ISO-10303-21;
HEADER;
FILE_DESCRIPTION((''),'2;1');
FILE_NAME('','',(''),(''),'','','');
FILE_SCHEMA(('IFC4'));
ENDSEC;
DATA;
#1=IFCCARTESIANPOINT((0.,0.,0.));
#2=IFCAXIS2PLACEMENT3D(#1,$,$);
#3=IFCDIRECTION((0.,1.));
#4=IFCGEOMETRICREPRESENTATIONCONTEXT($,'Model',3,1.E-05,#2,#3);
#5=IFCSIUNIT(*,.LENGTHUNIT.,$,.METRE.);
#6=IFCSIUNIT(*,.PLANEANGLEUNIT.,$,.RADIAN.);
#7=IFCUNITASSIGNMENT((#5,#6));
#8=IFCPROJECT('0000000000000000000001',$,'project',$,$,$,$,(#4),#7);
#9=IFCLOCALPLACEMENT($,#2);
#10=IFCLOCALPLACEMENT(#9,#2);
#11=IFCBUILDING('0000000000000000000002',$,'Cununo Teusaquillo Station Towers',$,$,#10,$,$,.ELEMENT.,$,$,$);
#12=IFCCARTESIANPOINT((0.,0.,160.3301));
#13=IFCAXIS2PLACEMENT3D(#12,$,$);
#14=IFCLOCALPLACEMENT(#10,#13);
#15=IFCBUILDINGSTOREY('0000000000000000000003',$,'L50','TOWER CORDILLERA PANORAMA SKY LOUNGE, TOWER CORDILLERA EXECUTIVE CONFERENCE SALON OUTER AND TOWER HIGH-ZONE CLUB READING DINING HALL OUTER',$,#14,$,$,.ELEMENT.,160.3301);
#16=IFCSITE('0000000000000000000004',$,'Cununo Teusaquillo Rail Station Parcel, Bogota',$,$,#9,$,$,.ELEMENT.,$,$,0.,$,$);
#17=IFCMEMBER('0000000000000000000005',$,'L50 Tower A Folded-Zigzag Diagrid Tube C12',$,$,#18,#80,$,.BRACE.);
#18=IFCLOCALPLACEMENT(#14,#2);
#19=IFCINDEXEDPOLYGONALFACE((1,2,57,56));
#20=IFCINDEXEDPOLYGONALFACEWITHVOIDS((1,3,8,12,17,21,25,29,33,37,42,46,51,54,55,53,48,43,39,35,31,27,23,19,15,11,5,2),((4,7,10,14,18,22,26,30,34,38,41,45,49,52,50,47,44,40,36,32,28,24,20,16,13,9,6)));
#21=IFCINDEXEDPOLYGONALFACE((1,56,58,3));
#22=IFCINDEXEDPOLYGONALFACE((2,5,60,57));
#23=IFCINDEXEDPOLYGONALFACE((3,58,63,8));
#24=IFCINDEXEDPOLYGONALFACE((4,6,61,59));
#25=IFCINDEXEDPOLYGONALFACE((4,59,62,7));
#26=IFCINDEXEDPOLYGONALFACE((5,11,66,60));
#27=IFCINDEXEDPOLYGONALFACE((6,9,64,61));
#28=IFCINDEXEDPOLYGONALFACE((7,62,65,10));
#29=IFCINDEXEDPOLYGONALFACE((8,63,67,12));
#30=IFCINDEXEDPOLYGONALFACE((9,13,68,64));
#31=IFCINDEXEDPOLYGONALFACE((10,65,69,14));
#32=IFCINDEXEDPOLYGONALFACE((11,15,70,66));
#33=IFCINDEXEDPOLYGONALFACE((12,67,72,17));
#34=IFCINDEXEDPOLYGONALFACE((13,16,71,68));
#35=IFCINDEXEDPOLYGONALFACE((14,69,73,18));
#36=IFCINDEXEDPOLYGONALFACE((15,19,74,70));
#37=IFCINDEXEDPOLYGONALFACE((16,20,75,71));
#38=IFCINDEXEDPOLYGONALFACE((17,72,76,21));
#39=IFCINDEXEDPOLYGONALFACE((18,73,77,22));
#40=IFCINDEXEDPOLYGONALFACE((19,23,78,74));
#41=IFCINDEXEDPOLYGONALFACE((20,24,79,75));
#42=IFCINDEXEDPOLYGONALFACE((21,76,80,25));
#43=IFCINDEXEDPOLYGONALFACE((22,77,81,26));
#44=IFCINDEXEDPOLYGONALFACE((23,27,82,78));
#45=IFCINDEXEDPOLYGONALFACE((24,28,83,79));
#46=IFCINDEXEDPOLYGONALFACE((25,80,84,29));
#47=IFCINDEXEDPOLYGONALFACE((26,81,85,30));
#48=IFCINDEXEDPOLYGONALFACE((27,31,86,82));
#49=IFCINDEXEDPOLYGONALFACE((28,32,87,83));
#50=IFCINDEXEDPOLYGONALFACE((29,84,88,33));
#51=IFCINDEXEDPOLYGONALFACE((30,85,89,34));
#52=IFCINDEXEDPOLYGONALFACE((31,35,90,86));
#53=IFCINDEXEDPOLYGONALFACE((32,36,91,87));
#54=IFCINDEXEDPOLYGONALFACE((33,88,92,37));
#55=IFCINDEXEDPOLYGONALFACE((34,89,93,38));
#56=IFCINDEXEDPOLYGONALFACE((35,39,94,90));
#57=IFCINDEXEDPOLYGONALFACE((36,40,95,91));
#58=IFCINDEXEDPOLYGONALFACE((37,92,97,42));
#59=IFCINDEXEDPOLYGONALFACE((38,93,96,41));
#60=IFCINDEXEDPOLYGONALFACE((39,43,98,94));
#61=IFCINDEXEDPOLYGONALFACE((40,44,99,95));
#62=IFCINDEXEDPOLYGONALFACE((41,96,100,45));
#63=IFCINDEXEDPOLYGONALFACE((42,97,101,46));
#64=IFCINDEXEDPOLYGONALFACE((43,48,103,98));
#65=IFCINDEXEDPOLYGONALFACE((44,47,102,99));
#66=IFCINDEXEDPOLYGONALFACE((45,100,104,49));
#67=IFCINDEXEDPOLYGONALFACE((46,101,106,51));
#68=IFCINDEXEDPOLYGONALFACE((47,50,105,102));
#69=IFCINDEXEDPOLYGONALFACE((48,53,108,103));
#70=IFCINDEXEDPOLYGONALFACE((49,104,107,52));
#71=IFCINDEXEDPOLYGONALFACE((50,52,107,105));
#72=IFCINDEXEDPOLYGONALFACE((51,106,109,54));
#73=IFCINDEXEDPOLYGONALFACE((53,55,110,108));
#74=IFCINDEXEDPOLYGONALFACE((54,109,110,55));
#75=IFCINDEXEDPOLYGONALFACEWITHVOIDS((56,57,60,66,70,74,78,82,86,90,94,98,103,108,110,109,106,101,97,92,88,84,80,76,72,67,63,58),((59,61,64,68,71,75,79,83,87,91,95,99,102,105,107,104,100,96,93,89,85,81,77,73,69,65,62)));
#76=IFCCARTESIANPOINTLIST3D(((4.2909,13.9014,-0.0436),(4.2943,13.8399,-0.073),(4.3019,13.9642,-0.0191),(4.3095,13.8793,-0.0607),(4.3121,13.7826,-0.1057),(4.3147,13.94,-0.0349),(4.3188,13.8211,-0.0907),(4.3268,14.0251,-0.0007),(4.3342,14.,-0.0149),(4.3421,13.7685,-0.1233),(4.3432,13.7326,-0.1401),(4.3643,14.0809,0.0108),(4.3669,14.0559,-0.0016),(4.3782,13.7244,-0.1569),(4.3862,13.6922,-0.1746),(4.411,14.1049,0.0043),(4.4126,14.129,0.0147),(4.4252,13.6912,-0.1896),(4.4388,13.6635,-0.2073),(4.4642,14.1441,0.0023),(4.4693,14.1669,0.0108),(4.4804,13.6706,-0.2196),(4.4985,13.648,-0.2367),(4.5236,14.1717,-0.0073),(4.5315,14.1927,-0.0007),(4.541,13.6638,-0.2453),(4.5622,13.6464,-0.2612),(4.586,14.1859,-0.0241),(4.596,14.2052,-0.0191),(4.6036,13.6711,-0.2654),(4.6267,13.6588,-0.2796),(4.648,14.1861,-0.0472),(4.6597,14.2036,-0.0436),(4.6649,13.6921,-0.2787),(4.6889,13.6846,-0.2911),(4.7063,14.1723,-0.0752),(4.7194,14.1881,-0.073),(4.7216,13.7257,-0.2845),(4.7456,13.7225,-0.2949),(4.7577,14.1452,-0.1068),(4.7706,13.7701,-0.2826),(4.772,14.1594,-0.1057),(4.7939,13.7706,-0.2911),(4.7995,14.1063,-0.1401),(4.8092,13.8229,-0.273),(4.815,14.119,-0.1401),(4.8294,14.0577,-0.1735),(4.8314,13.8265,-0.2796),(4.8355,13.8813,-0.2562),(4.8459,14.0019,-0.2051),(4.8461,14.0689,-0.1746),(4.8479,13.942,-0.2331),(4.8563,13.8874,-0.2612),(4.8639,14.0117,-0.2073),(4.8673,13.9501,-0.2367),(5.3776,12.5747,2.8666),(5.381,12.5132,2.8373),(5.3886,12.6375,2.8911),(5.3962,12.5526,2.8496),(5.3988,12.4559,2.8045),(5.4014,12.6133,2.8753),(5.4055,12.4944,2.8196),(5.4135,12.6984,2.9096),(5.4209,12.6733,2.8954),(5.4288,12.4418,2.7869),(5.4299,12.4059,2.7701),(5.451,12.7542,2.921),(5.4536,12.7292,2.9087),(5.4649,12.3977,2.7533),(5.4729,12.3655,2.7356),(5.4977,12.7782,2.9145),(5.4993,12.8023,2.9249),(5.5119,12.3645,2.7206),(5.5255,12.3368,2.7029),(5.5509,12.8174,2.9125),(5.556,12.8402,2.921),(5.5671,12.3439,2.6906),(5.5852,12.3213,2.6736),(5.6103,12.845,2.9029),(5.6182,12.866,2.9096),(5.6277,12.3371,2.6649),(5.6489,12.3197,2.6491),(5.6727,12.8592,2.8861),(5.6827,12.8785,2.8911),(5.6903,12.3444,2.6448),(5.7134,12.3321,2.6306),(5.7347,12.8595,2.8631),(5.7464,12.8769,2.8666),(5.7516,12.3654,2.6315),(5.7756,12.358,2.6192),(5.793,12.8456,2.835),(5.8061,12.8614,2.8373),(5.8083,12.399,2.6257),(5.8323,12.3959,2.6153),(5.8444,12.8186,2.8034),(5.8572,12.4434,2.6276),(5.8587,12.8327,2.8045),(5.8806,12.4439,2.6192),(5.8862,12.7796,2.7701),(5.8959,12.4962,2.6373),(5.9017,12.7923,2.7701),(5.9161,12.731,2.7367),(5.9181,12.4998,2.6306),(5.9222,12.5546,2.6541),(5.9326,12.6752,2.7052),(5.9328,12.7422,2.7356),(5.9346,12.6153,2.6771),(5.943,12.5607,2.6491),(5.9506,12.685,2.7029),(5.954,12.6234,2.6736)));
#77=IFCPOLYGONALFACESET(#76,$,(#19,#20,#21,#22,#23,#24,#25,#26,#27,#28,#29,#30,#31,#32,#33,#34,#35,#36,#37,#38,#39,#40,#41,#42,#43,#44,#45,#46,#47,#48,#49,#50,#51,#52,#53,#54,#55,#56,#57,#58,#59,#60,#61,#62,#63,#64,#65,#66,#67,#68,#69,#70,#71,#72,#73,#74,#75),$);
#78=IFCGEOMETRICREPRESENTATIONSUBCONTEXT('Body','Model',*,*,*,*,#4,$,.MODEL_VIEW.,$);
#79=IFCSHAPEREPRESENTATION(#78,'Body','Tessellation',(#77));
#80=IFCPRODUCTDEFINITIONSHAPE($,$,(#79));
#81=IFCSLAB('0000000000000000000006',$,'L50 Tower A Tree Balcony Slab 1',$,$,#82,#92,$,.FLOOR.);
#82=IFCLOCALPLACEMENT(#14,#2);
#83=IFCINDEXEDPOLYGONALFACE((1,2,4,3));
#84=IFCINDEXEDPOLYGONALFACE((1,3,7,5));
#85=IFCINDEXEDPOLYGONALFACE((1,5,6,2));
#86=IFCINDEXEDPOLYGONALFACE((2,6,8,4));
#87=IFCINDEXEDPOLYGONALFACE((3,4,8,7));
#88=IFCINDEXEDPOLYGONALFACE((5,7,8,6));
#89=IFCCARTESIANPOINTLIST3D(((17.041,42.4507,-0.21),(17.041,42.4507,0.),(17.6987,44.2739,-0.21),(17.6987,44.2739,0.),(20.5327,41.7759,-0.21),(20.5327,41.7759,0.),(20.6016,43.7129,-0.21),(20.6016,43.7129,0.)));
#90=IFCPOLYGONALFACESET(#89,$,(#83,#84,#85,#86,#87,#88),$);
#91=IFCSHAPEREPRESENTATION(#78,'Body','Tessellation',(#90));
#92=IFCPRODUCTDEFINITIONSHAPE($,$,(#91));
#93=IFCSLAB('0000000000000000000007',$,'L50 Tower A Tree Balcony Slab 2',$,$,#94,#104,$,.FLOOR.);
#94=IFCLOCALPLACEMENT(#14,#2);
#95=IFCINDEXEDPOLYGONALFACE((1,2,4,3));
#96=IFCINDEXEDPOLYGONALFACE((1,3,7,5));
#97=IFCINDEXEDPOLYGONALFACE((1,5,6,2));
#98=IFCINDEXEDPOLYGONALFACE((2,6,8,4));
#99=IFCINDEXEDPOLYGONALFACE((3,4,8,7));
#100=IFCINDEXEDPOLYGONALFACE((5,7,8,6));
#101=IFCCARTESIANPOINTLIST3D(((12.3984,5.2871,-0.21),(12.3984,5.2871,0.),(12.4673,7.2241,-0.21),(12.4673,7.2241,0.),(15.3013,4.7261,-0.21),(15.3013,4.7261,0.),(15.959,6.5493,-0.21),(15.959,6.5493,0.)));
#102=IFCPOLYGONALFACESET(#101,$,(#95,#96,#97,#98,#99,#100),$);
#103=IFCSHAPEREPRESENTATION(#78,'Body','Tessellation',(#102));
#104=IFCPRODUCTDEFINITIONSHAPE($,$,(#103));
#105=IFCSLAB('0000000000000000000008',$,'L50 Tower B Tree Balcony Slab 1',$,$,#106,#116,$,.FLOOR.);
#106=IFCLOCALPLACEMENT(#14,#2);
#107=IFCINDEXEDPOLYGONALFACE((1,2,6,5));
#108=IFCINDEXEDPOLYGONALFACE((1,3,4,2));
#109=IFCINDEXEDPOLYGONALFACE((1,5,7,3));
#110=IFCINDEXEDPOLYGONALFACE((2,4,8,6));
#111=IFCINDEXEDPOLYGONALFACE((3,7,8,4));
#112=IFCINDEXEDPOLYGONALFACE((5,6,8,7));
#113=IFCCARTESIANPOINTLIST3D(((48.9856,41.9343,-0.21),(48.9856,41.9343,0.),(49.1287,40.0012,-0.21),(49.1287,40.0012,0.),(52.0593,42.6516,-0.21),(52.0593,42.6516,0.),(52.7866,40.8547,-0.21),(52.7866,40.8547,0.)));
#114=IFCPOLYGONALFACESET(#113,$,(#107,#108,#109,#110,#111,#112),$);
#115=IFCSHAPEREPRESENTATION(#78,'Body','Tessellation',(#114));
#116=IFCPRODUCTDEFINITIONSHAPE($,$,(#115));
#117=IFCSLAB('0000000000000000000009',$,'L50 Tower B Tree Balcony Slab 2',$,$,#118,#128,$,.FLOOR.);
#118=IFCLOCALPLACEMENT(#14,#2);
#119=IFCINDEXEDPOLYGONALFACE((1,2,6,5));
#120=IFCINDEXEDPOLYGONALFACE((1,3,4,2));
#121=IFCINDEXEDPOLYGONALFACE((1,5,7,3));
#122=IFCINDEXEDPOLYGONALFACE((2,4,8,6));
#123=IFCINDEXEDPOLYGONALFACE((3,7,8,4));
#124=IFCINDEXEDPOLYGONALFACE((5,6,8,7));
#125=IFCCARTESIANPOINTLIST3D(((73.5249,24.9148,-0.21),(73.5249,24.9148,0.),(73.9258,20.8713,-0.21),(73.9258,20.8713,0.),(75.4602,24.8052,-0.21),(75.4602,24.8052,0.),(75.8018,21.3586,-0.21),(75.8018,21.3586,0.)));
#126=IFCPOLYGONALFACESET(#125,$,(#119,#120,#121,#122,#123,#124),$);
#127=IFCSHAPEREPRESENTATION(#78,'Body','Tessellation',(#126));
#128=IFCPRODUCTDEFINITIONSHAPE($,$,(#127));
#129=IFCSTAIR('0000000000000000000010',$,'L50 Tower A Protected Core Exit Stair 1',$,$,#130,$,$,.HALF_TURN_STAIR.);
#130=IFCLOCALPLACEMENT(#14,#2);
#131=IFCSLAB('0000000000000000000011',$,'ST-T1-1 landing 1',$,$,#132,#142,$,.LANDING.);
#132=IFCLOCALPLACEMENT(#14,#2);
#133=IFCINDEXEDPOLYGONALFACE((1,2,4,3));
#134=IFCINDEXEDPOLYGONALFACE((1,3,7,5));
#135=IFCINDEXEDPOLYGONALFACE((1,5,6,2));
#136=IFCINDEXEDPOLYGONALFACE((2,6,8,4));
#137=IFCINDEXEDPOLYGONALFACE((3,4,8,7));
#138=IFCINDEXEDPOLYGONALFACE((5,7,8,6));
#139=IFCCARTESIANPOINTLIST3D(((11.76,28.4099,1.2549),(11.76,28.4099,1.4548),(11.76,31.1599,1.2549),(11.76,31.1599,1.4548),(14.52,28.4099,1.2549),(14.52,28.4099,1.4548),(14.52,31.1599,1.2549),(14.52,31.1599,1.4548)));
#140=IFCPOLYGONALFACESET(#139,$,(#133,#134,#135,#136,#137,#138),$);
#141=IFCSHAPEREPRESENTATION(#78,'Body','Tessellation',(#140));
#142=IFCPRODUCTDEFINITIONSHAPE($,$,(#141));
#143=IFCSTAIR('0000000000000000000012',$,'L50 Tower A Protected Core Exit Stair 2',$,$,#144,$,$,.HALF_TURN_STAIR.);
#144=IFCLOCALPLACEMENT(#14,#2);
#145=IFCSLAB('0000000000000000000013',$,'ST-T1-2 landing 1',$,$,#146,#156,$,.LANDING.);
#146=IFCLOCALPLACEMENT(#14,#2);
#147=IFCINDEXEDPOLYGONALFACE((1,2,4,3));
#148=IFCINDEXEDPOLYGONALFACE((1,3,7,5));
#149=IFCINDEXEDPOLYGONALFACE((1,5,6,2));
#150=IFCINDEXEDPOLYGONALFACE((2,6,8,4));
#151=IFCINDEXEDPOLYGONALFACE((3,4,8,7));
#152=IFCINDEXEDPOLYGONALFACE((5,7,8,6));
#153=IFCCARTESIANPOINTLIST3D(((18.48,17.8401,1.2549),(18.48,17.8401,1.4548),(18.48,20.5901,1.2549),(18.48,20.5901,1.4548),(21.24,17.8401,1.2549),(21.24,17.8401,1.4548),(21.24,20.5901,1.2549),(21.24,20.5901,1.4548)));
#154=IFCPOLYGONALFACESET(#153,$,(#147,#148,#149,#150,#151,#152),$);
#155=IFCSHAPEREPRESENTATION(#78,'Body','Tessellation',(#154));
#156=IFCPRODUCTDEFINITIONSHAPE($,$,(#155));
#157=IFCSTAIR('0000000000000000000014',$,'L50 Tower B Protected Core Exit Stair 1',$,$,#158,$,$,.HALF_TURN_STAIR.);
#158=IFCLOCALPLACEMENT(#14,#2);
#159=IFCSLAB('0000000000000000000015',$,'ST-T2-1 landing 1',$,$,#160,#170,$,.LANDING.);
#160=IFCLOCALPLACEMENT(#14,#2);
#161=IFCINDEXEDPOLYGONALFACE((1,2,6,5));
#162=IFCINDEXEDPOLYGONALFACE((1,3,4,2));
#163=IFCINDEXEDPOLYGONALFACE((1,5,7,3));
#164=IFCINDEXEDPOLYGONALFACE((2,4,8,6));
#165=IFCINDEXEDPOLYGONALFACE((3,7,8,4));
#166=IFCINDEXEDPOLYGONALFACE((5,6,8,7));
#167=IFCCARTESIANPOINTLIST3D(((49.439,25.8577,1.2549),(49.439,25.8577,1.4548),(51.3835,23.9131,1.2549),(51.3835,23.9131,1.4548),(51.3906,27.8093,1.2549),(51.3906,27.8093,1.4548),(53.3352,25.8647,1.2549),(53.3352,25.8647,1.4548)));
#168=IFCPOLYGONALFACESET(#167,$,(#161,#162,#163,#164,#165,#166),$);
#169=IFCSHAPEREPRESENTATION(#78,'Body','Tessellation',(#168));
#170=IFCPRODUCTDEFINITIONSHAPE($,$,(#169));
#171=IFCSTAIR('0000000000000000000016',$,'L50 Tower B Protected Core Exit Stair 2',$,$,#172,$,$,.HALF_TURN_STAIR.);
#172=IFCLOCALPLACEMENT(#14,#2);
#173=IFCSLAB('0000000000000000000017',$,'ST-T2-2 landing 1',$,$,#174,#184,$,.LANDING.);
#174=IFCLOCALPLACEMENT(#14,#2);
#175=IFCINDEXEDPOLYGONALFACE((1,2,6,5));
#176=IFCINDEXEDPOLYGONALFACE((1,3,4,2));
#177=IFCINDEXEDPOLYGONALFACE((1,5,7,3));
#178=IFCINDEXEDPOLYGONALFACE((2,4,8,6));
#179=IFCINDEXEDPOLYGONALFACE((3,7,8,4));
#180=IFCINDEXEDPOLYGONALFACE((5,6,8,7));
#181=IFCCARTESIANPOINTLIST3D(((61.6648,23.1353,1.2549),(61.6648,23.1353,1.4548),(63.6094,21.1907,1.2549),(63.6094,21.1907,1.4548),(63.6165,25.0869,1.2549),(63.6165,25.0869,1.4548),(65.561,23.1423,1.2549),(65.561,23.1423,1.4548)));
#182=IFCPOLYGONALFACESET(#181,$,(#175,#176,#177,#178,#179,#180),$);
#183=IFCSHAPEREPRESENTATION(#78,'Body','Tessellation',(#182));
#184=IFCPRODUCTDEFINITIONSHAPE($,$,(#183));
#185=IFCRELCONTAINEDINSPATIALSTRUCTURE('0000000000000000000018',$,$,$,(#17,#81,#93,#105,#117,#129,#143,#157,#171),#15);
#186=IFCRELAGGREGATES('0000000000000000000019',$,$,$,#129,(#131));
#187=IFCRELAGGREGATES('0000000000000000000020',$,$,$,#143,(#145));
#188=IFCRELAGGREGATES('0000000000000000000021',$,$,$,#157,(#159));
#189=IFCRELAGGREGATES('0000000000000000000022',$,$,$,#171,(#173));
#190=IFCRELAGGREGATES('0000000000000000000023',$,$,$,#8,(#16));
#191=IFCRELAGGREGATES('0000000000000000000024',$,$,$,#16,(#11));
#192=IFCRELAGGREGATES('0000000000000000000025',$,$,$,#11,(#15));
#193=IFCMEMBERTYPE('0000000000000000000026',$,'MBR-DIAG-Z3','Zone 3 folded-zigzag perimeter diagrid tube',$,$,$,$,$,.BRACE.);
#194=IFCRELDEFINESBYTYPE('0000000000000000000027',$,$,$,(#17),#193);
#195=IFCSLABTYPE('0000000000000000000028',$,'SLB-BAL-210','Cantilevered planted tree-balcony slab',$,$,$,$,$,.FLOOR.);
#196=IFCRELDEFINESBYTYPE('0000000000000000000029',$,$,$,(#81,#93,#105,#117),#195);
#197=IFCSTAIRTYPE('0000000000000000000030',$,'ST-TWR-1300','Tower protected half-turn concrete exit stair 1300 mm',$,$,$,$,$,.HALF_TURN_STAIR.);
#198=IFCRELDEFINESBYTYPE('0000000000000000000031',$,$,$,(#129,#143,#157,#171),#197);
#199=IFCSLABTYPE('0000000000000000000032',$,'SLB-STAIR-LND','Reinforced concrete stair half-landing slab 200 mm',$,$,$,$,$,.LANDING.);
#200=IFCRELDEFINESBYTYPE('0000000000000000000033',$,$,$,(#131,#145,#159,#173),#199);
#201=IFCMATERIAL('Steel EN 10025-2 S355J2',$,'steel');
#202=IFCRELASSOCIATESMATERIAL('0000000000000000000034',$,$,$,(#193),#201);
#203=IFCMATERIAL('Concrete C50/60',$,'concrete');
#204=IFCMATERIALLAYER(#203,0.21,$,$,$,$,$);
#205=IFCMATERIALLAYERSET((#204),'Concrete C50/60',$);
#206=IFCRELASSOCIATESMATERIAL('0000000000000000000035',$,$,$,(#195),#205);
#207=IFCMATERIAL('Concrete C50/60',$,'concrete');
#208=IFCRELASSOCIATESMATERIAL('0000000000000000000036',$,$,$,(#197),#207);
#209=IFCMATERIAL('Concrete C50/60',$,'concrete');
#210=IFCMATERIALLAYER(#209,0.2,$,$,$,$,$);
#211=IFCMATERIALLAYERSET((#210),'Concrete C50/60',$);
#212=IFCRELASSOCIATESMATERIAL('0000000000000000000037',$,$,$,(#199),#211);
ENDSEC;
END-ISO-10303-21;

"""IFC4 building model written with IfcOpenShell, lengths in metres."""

from ifc_helpers import new_model, si_unit, direction, frame, origin, origin_2d, place, context, subcontext, project, spatial, polyline, hollow_circle, outline, extrude, material, layer, layer_set, material_profile, profile_set, type_object, element, aggregate, save


model = new_model("IFC4")

# Units and contexts
model_context = context("Model", 3, precision=1e-05, world=origin(), true_north=direction((0.0, 1.0)))
body_context = subcontext(model_context, "Body", "Model", "MODEL_VIEW")
ifc_project = project(units=[si_unit("LENGTHUNIT", "METRE"), si_unit("PLANEANGLEUNIT", "RADIAN")], contexts=[model_context])

# Site, building, storey
site_placement = place(None, origin())
site = spatial("IfcSite", under=ifc_project, at=site_placement, Name="Cununo Teusaquillo Rail Station Parcel, Bogota", CompositionType="ELEMENT", RefElevation=0.0)
building_placement = place(site_placement, origin())
building = spatial("IfcBuilding", under=site, at=building_placement, Name="Cununo Teusaquillo Station Towers", CompositionType="ELEMENT")
storey_placement = place(building_placement, frame((0.0, 0.0, 160.3301)))
storey = spatial("IfcBuildingStorey", under=building, at=storey_placement, Name="L50", Description="TOWER CORDILLERA PANORAMA SKY LOUNGE, TOWER CORDILLERA EXECUTIVE CONFERENCE SALON OUTER AND TOWER HIGH-ZONE CLUB READING DINING HALL OUTER", CompositionType="ELEMENT", Elevation=160.3301)

# Member
ifc_material_1 = material(Name="Steel EN 10025-2 S355J2", Category="steel")
ifc_material_profile_1 = material_profile(ifc_material_1, hollow_circle(Radius=0.3049, WallThickness=0.02, at=origin_2d()), Name="CHS 610x20")
ifc_profile_set_1 = profile_set([ifc_material_profile_1], Name="Steel EN 10025-2 S355J2")
member_type = type_object("IfcMemberType", Name="MBR-DIAG-Z3", Description="Zone 3 folded-zigzag perimeter diagrid tube", PredefinedType="BRACE", material=ifc_profile_set_1)
member_placement = place(storey_placement, frame((4.5791, 13.9258, -0.1401), z_axis=(0.321704, -0.392753, 0.86154), x_axis=(0.773608, 0.633664, 0.0)))
element("IfcMember", 1, at=member_placement, inside=storey, type_object=member_type, Name="L50 Tower A Folded-Zigzag Diagrid Tube C12", PredefinedType="BRACE", context=body_context, shape_type="SweptSolid", body=[
    extrude(hollow_circle(Radius=0.3049, WallThickness=0.02, at=origin_2d()), origin(), (0.0, 0.0, 1.0), 3.3779),
])

# Slabs
ifc_material_2 = material(Name="Concrete C50/60", Category="concrete")
ifc_layer_1 = layer(ifc_material_2, 0.21)
ifc_layer_set_1 = layer_set([ifc_layer_1], Name="Concrete C50/60")
slab_type_1 = type_object("IfcSlabType", Name="SLB-BAL-210", Description="Cantilevered planted tree-balcony slab", PredefinedType="FLOOR", material=ifc_layer_set_1)
slab_1_placement = place(storey_placement, frame((0.0, 0.0, -0.21)))
element("IfcSlab", 2, at=slab_1_placement, inside=storey, type_object=slab_type_1, Name="L50 Tower A Tree Balcony Slab 1", PredefinedType="FLOOR", context=body_context, shape_type="SweptSolid", body=[
    extrude(outline(polyline([(20.5327, 41.7759), (17.041, 42.4507), (17.6987, 44.2739), (20.6016, 43.7129), (20.5327, 41.7759)])), origin(), (0.0, 0.0, 1.0), 0.21),
])
slab_2_placement = place(storey_placement, frame((0.0, 0.0, -0.21)))
element("IfcSlab", 3, at=slab_2_placement, inside=storey, type_object=slab_type_1, Name="L50 Tower A Tree Balcony Slab 2", PredefinedType="FLOOR", context=body_context, shape_type="SweptSolid", body=[
    extrude(outline(polyline([(12.4673, 7.2241), (15.959, 6.5493), (15.3013, 4.7261), (12.3984, 5.2871), (12.4673, 7.2241)])), origin(), (0.0, 0.0, 1.0), 0.21),
])
slab_3_placement = place(storey_placement, frame((0.0, 0.0, -0.21)))
element("IfcSlab", 4, at=slab_3_placement, inside=storey, type_object=slab_type_1, Name="L50 Tower B Tree Balcony Slab 1", PredefinedType="FLOOR", context=body_context, shape_type="SweptSolid", body=[
    extrude(outline(polyline([(52.7866, 40.8547), (49.1287, 40.0012), (48.9856, 41.9343), (52.0593, 42.6516), (52.7866, 40.8547)])), origin(), (0.0, 0.0, 1.0), 0.21),
])
slab_4_placement = place(storey_placement, frame((0.0, 0.0, -0.21)))
element("IfcSlab", 5, at=slab_4_placement, inside=storey, type_object=slab_type_1, Name="L50 Tower B Tree Balcony Slab 2", PredefinedType="FLOOR", context=body_context, shape_type="SweptSolid", body=[
    extrude(outline(polyline([(73.9258, 20.8713), (73.5249, 24.9148), (75.4602, 24.8052), (75.8018, 21.3586), (73.9258, 20.8713)])), origin(), (0.0, 0.0, 1.0), 0.21),
])

# Stairs, slabs
ifc_material_3 = material(Name="Concrete C50/60", Category="concrete")
stair_type = type_object("IfcStairType", Name="ST-TWR-1300", Description="Tower protected half-turn concrete exit stair 1300 mm", PredefinedType="HALF_TURN_STAIR", material=ifc_material_3)
stair_1_placement = place(storey_placement, origin())
stair_1 = element("IfcStair", 6, at=stair_1_placement, inside=storey, type_object=stair_type, Name="L50 Tower A Protected Core Exit Stair 1", PredefinedType="HALF_TURN_STAIR")
ifc_material_4 = material(Name="Concrete C50/60", Category="concrete")
ifc_layer_2 = layer(ifc_material_4, 0.2)
ifc_layer_set_2 = layer_set([ifc_layer_2], Name="Concrete C50/60")
slab_type_2 = type_object("IfcSlabType", Name="SLB-STAIR-LND", Description="Reinforced concrete stair half-landing slab 200 mm", PredefinedType="LANDING", material=ifc_layer_set_2)
slab_5_placement = place(storey_placement, frame((0.0, 0.0, 1.2549)))
slab_5 = element("IfcSlab", 7, at=slab_5_placement, type_object=slab_type_2, Name="ST-T1-1 landing 1", PredefinedType="LANDING", context=body_context, shape_type="SweptSolid", body=[
    extrude(outline(polyline([(14.52, 28.4099), (14.52, 31.1599), (11.76, 31.1599), (11.76, 28.4099), (14.52, 28.4099)])), origin(), (0.0, 0.0, 1.0), 0.2),
])
aggregate(stair_1, [slab_5])
stair_2_placement = place(storey_placement, origin())
stair_2 = element("IfcStair", 8, at=stair_2_placement, inside=storey, type_object=stair_type, Name="L50 Tower A Protected Core Exit Stair 2", PredefinedType="HALF_TURN_STAIR")
slab_6_placement = place(storey_placement, frame((0.0, 0.0, 1.2549)))
slab_6 = element("IfcSlab", 9, at=slab_6_placement, type_object=slab_type_2, Name="ST-T1-2 landing 1", PredefinedType="LANDING", context=body_context, shape_type="SweptSolid", body=[
    extrude(outline(polyline([(18.48, 20.5901), (18.48, 17.8401), (21.24, 17.8401), (21.24, 20.5901), (18.48, 20.5901)])), origin(), (0.0, 0.0, 1.0), 0.2),
])
aggregate(stair_2, [slab_6])
stair_3_placement = place(storey_placement, origin())
stair_3 = element("IfcStair", 10, at=stair_3_placement, inside=storey, type_object=stair_type, Name="L50 Tower B Protected Core Exit Stair 1", PredefinedType="HALF_TURN_STAIR")
slab_7_placement = place(storey_placement, frame((0.0, 0.0, 1.2549)))
slab_7 = element("IfcSlab", 11, at=slab_7_placement, type_object=slab_type_2, Name="ST-T2-1 landing 1", PredefinedType="LANDING", context=body_context, shape_type="SweptSolid", body=[
    extrude(outline(polyline([(53.3352, 25.8647), (51.3906, 27.8093), (49.439, 25.8577), (51.3835, 23.9131), (53.3352, 25.8647)])), origin(), (0.0, 0.0, 1.0), 0.2),
])
aggregate(stair_3, [slab_7])
stair_4_placement = place(storey_placement, origin())
stair_4 = element("IfcStair", 12, at=stair_4_placement, inside=storey, type_object=stair_type, Name="L50 Tower B Protected Core Exit Stair 2", PredefinedType="HALF_TURN_STAIR")
slab_8_placement = place(storey_placement, frame((0.0, 0.0, 1.2549)))
slab_8 = element("IfcSlab", 13, at=slab_8_placement, type_object=slab_type_2, Name="ST-T2-2 landing 1", PredefinedType="LANDING", context=body_context, shape_type="SweptSolid", body=[
    extrude(outline(polyline([(61.6648, 23.1353), (63.6094, 21.1907), (65.561, 23.1423), (63.6165, 25.0869), (61.6648, 23.1353)])), origin(), (0.0, 0.0, 1.0), 0.2),
])
aggregate(stair_4, [slab_8])

save(model, "model.ifc")
